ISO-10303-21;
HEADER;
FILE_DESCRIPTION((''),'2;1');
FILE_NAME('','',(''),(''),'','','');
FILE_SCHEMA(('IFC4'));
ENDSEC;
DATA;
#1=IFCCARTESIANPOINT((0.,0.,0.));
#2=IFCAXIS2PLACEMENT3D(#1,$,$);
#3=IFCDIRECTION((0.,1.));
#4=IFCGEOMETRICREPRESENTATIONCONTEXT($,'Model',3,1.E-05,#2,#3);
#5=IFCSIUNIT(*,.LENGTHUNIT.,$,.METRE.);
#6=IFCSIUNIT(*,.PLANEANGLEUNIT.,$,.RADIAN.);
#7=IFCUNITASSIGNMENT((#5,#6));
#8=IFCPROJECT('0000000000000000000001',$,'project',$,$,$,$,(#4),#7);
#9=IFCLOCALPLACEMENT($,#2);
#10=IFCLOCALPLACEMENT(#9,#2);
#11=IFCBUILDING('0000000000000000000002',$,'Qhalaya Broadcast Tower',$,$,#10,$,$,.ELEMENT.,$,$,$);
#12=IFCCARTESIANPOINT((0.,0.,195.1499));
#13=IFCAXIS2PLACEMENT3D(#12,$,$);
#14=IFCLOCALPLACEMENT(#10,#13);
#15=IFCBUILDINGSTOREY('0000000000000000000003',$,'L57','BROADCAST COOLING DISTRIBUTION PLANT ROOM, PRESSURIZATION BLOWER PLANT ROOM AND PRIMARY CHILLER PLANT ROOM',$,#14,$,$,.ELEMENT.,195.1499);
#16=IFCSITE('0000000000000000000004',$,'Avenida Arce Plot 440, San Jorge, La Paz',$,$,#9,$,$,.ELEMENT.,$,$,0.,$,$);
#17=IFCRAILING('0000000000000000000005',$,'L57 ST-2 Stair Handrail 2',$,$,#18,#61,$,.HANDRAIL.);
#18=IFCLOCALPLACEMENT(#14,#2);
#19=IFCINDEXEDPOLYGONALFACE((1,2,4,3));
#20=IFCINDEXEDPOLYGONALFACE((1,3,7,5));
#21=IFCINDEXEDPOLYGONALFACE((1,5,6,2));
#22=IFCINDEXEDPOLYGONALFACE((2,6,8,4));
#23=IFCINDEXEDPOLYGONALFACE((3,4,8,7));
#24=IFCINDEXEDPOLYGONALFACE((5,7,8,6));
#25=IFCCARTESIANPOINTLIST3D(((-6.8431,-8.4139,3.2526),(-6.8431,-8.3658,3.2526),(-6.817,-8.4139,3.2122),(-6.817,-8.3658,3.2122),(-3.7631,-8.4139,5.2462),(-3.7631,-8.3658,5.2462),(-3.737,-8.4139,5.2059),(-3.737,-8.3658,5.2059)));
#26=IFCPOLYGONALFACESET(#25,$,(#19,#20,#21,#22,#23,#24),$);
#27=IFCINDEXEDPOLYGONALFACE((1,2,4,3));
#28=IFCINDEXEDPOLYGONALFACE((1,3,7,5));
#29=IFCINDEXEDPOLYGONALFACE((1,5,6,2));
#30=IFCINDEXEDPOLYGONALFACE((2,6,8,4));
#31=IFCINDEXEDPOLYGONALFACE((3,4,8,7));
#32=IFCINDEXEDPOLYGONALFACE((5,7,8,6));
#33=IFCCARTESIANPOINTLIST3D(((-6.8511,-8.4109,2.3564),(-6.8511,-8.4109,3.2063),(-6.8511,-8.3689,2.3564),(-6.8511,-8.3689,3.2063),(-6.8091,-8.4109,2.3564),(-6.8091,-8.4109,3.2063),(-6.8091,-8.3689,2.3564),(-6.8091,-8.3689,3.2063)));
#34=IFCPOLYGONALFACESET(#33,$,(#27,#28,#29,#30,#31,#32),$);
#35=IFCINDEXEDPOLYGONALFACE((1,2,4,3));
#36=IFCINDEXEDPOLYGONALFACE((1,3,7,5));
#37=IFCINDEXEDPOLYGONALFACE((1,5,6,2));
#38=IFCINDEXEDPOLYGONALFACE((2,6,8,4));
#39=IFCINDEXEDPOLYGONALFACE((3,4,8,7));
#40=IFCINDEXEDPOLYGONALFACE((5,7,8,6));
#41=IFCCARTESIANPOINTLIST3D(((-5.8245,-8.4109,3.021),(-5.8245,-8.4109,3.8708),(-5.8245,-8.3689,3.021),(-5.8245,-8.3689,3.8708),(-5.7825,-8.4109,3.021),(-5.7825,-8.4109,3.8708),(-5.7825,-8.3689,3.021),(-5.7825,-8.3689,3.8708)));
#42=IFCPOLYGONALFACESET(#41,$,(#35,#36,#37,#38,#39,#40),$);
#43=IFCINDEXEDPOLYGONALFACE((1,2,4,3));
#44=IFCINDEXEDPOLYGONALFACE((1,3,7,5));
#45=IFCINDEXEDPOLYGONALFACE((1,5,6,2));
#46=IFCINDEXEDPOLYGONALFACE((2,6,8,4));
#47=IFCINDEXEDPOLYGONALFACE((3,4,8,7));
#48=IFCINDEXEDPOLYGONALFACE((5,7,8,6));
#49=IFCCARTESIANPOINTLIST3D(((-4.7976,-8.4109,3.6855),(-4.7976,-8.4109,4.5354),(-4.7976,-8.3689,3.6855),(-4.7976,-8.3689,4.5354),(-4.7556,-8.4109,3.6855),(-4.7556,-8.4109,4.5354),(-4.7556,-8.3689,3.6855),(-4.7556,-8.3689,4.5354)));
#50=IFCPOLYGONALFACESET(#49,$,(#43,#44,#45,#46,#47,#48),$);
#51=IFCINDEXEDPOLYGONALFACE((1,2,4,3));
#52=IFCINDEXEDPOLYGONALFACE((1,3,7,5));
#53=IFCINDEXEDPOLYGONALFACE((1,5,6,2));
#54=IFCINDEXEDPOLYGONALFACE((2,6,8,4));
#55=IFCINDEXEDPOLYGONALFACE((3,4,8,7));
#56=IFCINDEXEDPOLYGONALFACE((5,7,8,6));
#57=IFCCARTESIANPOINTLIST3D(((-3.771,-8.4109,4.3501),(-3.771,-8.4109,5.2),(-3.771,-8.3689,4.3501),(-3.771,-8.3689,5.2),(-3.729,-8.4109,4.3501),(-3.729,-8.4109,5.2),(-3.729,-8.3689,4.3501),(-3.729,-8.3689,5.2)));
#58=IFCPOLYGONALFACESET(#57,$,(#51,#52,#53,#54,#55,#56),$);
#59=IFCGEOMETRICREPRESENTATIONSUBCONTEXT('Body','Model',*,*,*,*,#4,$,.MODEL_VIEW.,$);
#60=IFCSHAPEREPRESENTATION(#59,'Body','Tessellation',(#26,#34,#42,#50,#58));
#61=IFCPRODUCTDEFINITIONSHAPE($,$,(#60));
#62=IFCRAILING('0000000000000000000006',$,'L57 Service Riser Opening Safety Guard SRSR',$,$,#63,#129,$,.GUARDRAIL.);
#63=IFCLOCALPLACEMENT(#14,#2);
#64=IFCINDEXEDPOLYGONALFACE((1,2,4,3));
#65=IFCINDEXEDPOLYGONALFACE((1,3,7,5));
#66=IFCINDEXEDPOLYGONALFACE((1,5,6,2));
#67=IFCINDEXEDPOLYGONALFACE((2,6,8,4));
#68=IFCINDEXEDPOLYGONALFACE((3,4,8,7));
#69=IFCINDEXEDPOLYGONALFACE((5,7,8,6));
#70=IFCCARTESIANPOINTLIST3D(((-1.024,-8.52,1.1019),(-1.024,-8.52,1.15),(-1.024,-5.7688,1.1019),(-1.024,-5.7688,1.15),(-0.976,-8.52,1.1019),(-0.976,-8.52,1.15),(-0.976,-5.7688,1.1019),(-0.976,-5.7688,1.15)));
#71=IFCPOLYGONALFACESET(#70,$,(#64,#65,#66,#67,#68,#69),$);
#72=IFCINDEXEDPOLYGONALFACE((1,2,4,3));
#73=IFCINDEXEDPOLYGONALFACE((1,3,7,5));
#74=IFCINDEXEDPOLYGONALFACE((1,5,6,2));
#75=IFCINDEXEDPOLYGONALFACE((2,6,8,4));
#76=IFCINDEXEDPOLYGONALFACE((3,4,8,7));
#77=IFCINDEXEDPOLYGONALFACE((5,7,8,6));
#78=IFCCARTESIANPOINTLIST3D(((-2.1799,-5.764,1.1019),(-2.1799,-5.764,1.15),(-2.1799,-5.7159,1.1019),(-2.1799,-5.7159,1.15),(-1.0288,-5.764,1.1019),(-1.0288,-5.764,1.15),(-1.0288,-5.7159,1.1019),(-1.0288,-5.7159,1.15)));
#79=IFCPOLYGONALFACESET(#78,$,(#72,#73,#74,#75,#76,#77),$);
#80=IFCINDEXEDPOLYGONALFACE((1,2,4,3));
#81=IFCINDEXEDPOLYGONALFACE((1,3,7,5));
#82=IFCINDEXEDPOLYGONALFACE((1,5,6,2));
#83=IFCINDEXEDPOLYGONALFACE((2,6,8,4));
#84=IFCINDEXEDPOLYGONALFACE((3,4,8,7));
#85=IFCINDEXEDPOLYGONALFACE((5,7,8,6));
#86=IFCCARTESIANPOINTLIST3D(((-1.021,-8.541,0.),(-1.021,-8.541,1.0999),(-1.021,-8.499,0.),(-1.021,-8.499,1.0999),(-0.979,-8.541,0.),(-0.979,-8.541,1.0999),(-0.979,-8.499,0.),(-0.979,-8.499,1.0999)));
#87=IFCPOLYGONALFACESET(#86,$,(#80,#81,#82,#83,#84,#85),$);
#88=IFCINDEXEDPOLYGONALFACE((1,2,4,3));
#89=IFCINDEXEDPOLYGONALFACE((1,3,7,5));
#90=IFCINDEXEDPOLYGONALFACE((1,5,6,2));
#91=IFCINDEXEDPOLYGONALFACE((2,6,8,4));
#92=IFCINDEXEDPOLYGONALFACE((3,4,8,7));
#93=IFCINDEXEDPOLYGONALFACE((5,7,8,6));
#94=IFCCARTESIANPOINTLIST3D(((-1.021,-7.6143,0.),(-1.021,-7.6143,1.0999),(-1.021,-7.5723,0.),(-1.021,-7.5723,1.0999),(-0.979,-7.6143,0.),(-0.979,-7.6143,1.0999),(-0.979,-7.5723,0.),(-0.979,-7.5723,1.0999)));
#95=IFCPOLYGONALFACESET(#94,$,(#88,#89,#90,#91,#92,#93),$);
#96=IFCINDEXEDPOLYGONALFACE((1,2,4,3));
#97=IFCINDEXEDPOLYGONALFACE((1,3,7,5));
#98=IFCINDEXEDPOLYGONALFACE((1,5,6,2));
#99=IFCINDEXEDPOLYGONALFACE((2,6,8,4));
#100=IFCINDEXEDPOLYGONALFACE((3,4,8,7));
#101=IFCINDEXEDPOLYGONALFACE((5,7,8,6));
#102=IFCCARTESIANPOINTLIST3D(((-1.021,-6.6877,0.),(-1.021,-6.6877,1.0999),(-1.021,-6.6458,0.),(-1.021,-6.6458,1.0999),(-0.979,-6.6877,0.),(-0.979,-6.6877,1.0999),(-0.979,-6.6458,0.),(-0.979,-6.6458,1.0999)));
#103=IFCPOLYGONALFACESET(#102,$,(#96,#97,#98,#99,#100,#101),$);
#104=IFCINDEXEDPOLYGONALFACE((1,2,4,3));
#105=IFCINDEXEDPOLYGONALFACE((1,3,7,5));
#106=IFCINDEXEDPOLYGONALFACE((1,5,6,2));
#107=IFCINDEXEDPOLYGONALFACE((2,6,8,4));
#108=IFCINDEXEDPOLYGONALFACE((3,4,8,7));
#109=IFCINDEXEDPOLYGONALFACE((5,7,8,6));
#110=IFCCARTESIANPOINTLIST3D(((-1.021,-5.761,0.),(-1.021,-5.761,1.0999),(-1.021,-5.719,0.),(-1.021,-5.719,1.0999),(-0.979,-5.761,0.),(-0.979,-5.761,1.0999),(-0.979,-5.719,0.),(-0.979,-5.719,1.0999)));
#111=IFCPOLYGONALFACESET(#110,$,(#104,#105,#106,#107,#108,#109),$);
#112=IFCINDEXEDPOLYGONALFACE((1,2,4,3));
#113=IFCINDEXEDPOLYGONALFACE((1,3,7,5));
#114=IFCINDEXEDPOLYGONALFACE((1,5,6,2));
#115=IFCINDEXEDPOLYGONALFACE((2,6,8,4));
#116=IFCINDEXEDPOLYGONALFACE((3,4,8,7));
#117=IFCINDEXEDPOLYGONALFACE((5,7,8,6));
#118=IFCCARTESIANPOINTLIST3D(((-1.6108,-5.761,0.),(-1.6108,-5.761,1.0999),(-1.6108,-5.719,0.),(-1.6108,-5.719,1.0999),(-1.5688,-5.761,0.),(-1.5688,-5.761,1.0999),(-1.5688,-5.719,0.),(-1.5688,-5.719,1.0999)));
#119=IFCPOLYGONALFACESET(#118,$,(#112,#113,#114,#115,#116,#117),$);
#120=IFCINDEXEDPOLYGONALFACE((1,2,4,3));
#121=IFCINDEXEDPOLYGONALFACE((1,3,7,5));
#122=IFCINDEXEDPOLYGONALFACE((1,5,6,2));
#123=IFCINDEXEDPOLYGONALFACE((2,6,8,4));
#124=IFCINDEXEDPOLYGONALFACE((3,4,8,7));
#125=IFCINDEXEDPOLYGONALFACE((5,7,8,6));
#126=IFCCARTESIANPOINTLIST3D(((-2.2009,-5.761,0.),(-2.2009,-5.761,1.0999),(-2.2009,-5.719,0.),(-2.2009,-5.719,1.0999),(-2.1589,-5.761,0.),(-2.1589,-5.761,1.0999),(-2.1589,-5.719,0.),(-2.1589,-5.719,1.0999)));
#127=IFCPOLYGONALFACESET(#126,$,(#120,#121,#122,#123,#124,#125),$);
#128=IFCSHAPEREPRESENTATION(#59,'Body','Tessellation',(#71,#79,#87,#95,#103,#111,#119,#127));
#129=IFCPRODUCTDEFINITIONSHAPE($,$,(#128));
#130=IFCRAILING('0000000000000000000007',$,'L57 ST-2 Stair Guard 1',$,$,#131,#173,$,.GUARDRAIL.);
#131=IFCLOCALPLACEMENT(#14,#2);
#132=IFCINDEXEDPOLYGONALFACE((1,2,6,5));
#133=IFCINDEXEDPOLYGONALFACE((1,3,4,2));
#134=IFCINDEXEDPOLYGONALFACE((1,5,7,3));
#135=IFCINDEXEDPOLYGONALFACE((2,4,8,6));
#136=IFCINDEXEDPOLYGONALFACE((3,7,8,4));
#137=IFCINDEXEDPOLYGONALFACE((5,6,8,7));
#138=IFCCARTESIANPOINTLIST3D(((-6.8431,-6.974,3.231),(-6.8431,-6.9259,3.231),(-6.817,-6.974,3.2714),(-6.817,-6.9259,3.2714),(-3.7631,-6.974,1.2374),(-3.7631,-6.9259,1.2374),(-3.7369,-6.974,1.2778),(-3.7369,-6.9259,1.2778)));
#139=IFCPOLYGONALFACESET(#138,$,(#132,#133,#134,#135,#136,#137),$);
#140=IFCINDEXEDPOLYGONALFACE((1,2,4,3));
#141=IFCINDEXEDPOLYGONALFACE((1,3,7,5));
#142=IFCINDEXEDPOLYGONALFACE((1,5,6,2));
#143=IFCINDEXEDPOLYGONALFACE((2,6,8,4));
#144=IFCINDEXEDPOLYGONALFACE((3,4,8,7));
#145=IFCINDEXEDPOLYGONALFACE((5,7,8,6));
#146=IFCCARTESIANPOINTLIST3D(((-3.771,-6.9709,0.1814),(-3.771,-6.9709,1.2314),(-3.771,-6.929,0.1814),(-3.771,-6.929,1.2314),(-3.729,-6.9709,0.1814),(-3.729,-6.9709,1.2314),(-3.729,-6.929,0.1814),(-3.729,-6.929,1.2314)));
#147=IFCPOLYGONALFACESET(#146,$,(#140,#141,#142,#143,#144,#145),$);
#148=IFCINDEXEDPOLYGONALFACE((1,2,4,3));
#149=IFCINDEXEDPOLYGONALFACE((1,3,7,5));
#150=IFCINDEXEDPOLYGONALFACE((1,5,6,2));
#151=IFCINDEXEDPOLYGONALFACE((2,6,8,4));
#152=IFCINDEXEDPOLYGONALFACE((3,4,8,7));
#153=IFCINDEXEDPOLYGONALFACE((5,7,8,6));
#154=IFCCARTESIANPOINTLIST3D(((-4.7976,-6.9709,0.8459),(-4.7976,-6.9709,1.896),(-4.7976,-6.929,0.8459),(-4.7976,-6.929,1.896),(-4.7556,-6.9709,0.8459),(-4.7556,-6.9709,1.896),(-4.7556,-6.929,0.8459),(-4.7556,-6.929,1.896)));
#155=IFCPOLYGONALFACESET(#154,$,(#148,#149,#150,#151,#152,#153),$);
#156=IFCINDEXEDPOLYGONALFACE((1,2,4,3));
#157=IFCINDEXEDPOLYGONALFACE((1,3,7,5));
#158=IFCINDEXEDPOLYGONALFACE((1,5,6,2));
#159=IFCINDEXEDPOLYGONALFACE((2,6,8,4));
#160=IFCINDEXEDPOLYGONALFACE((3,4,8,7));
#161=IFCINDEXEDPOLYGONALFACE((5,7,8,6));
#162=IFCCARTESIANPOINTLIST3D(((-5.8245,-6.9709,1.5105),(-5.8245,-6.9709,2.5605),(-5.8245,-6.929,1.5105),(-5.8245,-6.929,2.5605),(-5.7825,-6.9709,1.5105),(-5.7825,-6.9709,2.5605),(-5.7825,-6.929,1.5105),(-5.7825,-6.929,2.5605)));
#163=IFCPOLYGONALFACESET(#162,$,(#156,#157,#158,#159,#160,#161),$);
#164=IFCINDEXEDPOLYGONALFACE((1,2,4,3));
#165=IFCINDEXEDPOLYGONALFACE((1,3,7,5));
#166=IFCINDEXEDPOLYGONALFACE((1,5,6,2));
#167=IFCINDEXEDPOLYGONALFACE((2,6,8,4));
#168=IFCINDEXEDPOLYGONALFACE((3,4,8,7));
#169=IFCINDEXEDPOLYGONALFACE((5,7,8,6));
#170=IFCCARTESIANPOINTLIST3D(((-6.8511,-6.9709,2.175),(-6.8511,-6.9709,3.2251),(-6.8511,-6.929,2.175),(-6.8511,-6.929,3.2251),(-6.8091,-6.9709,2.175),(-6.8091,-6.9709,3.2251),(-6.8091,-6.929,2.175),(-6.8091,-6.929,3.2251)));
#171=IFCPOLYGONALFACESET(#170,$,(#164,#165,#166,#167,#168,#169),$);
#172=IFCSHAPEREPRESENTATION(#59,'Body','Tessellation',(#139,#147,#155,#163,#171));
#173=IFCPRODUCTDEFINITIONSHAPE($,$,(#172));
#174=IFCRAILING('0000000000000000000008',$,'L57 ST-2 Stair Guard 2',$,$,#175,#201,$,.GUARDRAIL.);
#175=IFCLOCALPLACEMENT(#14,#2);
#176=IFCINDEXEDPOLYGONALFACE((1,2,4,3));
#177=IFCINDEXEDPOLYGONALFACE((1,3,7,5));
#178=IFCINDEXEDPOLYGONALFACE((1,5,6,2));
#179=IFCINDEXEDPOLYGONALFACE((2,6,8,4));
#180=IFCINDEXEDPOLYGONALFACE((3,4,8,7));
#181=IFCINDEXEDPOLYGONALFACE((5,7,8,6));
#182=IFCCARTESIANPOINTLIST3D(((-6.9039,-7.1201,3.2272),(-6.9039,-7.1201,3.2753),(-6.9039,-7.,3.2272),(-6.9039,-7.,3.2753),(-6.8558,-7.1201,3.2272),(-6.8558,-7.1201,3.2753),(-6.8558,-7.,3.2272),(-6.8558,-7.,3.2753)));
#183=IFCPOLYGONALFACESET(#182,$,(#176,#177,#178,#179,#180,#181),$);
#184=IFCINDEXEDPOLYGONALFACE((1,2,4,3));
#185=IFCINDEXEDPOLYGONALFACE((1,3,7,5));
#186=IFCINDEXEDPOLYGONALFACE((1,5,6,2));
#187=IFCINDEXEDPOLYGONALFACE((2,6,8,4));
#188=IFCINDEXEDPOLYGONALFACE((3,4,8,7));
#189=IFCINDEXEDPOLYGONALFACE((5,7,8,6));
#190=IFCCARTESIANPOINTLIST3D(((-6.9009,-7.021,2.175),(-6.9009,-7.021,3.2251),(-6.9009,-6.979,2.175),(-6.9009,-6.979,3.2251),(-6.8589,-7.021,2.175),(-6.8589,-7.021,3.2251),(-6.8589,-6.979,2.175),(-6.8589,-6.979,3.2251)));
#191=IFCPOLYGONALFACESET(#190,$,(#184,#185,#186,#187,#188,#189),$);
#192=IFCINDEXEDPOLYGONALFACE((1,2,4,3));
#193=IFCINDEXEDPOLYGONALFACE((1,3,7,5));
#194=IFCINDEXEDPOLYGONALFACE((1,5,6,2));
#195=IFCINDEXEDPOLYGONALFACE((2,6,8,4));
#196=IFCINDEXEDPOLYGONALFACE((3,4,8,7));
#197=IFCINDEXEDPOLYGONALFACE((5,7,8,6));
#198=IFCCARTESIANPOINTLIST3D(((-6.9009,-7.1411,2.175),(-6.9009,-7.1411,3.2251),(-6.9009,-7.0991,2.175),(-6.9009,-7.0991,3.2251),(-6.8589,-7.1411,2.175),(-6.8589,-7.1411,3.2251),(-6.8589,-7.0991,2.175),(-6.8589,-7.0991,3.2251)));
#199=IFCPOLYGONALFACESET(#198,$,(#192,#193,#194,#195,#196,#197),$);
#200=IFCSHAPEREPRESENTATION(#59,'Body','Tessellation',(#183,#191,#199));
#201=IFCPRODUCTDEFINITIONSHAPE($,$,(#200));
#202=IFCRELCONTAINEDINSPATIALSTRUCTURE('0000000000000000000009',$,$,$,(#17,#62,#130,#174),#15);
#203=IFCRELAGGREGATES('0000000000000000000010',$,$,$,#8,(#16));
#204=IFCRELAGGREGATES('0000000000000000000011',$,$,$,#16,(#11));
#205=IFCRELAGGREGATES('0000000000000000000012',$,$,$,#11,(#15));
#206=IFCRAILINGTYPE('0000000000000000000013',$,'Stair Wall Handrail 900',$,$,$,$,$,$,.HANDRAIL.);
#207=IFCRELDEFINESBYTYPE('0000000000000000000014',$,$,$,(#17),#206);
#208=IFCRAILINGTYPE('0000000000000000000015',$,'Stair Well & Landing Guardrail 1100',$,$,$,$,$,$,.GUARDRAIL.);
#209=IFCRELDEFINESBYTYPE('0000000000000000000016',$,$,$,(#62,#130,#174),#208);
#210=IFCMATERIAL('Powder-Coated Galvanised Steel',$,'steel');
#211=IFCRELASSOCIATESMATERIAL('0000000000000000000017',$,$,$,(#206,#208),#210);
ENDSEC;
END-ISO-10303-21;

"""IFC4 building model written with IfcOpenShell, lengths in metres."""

from ifc_helpers import new_model, si_unit, direction, frame, origin, origin_2d, place, context, subcontext, project, spatial, rectangle, extrude, material, type_object, element, save


model = new_model("IFC4")

# Units and contexts
model_context = context("Model", 3, precision=1e-05, world=origin(), true_north=direction((0.0, 1.0)))
body_context = subcontext(model_context, "Body", "Model", "MODEL_VIEW")
ifc_project = project(units=[si_unit("LENGTHUNIT", "METRE"), si_unit("PLANEANGLEUNIT", "RADIAN")], contexts=[model_context])

# Site, building, storey
site_placement = place(None, origin())
site = spatial("IfcSite", under=ifc_project, at=site_placement, Name="Avenida Arce Plot 440, San Jorge, La Paz", CompositionType="ELEMENT", RefElevation=0.0)
building_placement = place(site_placement, origin())
building = spatial("IfcBuilding", under=site, at=building_placement, Name="Qhalaya Broadcast Tower", CompositionType="ELEMENT")
storey_placement = place(building_placement, frame((0.0, 0.0, 195.1499)))
storey = spatial("IfcBuildingStorey", under=building, at=storey_placement, Name="L57", Description="BROADCAST COOLING DISTRIBUTION PLANT ROOM, PRESSURIZATION BLOWER PLANT ROOM AND PRIMARY CHILLER PLANT ROOM", CompositionType="ELEMENT", Elevation=195.1499)

# Railings
ifc_material_1 = material(Name="Powder-Coated Galvanised Steel", Category="steel")
railing_type_1 = type_object("IfcRailingType", Name="Stair Wall Handrail 900", PredefinedType="HANDRAIL", material=ifc_material_1)
railing_1_placement = place(storey_placement, frame((-6.8301, -8.3899, 2.3564)))
element("IfcRailing", 1, at=railing_1_placement, inside=storey, type_object=railing_type_1, Name="L57 ST-2 Stair Handrail 2", PredefinedType="HANDRAIL", context=body_context, shape_type="SweptSolid", body=[
    extrude(rectangle(XDim=0.0481, YDim=0.0481, at=origin_2d()), frame((0.0, 0.0, 0.876), z_axis=(0.839488, 0.0, 0.543378), x_axis=(0.0, 1.0, 0.0)), (0.0, 0.0, 1.0), 3.6689),
    extrude(rectangle(XDim=0.042, YDim=0.042, at=origin_2d()), origin(), (0.0, 0.0, 1.0), 0.8499),
    extrude(rectangle(XDim=0.042, YDim=0.042, at=origin_2d()), frame((1.0266, 0.0, 0.6646)), (0.0, 0.0, 1.0), 0.8499),
    extrude(rectangle(XDim=0.042, YDim=0.042, at=origin_2d()), frame((2.0535, 0.0, 1.3291)), (0.0, 0.0, 1.0), 0.8499),
    extrude(rectangle(XDim=0.042, YDim=0.042, at=origin_2d()), frame((3.0801, 0.0, 1.9937)), (0.0, 0.0, 1.0), 0.8499),
])
railing_type_2 = type_object("IfcRailingType", Name="Stair Well & Landing Guardrail 1100", PredefinedType="GUARDRAIL", material=ifc_material_1)
railing_2_placement = place(storey_placement, frame((-1.0, -8.52, 0.0)))
element("IfcRailing", 2, at=railing_2_placement, inside=storey, type_object=railing_type_2, Name="L57 Service Riser Opening Safety Guard SRSR", PredefinedType="GUARDRAIL", context=body_context, shape_type="SweptSolid", body=[
    extrude(rectangle(XDim=0.0481, YDim=0.0481, at=origin_2d()), frame((0.0, 0.0, 1.126), z_axis=(0.0, 1.0, 0.0), x_axis=(-1.0, 0.0, 0.0)), (0.0, 0.0, 1.0), 2.7512),
    extrude(rectangle(XDim=0.0481, YDim=0.0481, at=origin_2d()), frame((-0.0288, 2.78, 1.126), z_axis=(-1.0, 0.0, 0.0), x_axis=(0.0, -1.0, 0.0)), (0.0, 0.0, 1.0), 1.1511),
    extrude(rectangle(XDim=0.042, YDim=0.042, at=origin_2d()), origin(), (0.0, 0.0, 1.0), 1.0999),
    extrude(rectangle(XDim=0.042, YDim=0.042, at=origin_2d()), frame((0.0, 0.9268, 0.0)), (0.0, 0.0, 1.0), 1.0999),
    extrude(rectangle(XDim=0.042, YDim=0.042, at=origin_2d()), frame((0.0, 1.8533, 0.0)), (0.0, 0.0, 1.0), 1.0999),
    extrude(rectangle(XDim=0.042, YDim=0.042, at=origin_2d()), frame((0.0, 2.78, 0.0)), (0.0, 0.0, 1.0), 1.0999),
    extrude(rectangle(XDim=0.042, YDim=0.042, at=origin_2d()), frame((-0.5898, 2.78, 0.0)), (0.0, 0.0, 1.0), 1.0999),
    extrude(rectangle(XDim=0.042, YDim=0.042, at=origin_2d()), frame((-1.1799, 2.78, 0.0)), (0.0, 0.0, 1.0), 1.0999),
])
railing_3_placement = place(storey_placement, frame((-3.75, -6.95, 0.1814)))
element("IfcRailing", 3, at=railing_3_placement, inside=storey, type_object=railing_type_2, Name="L57 ST-2 Stair Guard 1", PredefinedType="GUARDRAIL", context=body_context, shape_type="SweptSolid", body=[
    extrude(rectangle(XDim=0.0481, YDim=0.0481, at=origin_2d()), frame((0.0, 0.0, 1.0762), z_axis=(-0.839488, 0.0, 0.543378), x_axis=(0.0, -1.0, 0.0)), (0.0, 0.0, 1.0), 3.6689),
    extrude(rectangle(XDim=0.042, YDim=0.042, at=origin_2d()), origin(), (0.0, 0.0, 1.0), 1.05),
    extrude(rectangle(XDim=0.042, YDim=0.042, at=origin_2d()), frame((-1.0266, 0.0, 0.6646)), (0.0, 0.0, 1.0), 1.05),
    extrude(rectangle(XDim=0.042, YDim=0.042, at=origin_2d()), frame((-2.0535, 0.0, 1.3291)), (0.0, 0.0, 1.0), 1.05),
    extrude(rectangle(XDim=0.042, YDim=0.042, at=origin_2d()), frame((-3.0801, 0.0, 1.9937)), (0.0, 0.0, 1.0), 1.05),
])
railing_4_placement = place(storey_placement, frame((-6.8799, -7.0, 2.175)))
element("IfcRailing", 4, at=railing_4_placement, inside=storey, type_object=railing_type_2, Name="L57 ST-2 Stair Guard 2", PredefinedType="GUARDRAIL", context=body_context, shape_type="SweptSolid", body=[
    extrude(rectangle(XDim=0.0481, YDim=0.0481, at=origin_2d()), frame((0.0, 0.0, 1.0762), z_axis=(0.0, -1.0, 0.0), x_axis=(1.0, 0.0, 0.0)), (0.0, 0.0, 1.0), 0.1201),
    extrude(rectangle(XDim=0.042, YDim=0.042, at=origin_2d()), origin(), (0.0, 0.0, 1.0), 1.05),
    extrude(rectangle(XDim=0.042, YDim=0.042, at=origin_2d()), frame((0.0, -0.1201, 0.0)), (0.0, 0.0, 1.0), 1.05),
])

save(model, "model.ifc")
